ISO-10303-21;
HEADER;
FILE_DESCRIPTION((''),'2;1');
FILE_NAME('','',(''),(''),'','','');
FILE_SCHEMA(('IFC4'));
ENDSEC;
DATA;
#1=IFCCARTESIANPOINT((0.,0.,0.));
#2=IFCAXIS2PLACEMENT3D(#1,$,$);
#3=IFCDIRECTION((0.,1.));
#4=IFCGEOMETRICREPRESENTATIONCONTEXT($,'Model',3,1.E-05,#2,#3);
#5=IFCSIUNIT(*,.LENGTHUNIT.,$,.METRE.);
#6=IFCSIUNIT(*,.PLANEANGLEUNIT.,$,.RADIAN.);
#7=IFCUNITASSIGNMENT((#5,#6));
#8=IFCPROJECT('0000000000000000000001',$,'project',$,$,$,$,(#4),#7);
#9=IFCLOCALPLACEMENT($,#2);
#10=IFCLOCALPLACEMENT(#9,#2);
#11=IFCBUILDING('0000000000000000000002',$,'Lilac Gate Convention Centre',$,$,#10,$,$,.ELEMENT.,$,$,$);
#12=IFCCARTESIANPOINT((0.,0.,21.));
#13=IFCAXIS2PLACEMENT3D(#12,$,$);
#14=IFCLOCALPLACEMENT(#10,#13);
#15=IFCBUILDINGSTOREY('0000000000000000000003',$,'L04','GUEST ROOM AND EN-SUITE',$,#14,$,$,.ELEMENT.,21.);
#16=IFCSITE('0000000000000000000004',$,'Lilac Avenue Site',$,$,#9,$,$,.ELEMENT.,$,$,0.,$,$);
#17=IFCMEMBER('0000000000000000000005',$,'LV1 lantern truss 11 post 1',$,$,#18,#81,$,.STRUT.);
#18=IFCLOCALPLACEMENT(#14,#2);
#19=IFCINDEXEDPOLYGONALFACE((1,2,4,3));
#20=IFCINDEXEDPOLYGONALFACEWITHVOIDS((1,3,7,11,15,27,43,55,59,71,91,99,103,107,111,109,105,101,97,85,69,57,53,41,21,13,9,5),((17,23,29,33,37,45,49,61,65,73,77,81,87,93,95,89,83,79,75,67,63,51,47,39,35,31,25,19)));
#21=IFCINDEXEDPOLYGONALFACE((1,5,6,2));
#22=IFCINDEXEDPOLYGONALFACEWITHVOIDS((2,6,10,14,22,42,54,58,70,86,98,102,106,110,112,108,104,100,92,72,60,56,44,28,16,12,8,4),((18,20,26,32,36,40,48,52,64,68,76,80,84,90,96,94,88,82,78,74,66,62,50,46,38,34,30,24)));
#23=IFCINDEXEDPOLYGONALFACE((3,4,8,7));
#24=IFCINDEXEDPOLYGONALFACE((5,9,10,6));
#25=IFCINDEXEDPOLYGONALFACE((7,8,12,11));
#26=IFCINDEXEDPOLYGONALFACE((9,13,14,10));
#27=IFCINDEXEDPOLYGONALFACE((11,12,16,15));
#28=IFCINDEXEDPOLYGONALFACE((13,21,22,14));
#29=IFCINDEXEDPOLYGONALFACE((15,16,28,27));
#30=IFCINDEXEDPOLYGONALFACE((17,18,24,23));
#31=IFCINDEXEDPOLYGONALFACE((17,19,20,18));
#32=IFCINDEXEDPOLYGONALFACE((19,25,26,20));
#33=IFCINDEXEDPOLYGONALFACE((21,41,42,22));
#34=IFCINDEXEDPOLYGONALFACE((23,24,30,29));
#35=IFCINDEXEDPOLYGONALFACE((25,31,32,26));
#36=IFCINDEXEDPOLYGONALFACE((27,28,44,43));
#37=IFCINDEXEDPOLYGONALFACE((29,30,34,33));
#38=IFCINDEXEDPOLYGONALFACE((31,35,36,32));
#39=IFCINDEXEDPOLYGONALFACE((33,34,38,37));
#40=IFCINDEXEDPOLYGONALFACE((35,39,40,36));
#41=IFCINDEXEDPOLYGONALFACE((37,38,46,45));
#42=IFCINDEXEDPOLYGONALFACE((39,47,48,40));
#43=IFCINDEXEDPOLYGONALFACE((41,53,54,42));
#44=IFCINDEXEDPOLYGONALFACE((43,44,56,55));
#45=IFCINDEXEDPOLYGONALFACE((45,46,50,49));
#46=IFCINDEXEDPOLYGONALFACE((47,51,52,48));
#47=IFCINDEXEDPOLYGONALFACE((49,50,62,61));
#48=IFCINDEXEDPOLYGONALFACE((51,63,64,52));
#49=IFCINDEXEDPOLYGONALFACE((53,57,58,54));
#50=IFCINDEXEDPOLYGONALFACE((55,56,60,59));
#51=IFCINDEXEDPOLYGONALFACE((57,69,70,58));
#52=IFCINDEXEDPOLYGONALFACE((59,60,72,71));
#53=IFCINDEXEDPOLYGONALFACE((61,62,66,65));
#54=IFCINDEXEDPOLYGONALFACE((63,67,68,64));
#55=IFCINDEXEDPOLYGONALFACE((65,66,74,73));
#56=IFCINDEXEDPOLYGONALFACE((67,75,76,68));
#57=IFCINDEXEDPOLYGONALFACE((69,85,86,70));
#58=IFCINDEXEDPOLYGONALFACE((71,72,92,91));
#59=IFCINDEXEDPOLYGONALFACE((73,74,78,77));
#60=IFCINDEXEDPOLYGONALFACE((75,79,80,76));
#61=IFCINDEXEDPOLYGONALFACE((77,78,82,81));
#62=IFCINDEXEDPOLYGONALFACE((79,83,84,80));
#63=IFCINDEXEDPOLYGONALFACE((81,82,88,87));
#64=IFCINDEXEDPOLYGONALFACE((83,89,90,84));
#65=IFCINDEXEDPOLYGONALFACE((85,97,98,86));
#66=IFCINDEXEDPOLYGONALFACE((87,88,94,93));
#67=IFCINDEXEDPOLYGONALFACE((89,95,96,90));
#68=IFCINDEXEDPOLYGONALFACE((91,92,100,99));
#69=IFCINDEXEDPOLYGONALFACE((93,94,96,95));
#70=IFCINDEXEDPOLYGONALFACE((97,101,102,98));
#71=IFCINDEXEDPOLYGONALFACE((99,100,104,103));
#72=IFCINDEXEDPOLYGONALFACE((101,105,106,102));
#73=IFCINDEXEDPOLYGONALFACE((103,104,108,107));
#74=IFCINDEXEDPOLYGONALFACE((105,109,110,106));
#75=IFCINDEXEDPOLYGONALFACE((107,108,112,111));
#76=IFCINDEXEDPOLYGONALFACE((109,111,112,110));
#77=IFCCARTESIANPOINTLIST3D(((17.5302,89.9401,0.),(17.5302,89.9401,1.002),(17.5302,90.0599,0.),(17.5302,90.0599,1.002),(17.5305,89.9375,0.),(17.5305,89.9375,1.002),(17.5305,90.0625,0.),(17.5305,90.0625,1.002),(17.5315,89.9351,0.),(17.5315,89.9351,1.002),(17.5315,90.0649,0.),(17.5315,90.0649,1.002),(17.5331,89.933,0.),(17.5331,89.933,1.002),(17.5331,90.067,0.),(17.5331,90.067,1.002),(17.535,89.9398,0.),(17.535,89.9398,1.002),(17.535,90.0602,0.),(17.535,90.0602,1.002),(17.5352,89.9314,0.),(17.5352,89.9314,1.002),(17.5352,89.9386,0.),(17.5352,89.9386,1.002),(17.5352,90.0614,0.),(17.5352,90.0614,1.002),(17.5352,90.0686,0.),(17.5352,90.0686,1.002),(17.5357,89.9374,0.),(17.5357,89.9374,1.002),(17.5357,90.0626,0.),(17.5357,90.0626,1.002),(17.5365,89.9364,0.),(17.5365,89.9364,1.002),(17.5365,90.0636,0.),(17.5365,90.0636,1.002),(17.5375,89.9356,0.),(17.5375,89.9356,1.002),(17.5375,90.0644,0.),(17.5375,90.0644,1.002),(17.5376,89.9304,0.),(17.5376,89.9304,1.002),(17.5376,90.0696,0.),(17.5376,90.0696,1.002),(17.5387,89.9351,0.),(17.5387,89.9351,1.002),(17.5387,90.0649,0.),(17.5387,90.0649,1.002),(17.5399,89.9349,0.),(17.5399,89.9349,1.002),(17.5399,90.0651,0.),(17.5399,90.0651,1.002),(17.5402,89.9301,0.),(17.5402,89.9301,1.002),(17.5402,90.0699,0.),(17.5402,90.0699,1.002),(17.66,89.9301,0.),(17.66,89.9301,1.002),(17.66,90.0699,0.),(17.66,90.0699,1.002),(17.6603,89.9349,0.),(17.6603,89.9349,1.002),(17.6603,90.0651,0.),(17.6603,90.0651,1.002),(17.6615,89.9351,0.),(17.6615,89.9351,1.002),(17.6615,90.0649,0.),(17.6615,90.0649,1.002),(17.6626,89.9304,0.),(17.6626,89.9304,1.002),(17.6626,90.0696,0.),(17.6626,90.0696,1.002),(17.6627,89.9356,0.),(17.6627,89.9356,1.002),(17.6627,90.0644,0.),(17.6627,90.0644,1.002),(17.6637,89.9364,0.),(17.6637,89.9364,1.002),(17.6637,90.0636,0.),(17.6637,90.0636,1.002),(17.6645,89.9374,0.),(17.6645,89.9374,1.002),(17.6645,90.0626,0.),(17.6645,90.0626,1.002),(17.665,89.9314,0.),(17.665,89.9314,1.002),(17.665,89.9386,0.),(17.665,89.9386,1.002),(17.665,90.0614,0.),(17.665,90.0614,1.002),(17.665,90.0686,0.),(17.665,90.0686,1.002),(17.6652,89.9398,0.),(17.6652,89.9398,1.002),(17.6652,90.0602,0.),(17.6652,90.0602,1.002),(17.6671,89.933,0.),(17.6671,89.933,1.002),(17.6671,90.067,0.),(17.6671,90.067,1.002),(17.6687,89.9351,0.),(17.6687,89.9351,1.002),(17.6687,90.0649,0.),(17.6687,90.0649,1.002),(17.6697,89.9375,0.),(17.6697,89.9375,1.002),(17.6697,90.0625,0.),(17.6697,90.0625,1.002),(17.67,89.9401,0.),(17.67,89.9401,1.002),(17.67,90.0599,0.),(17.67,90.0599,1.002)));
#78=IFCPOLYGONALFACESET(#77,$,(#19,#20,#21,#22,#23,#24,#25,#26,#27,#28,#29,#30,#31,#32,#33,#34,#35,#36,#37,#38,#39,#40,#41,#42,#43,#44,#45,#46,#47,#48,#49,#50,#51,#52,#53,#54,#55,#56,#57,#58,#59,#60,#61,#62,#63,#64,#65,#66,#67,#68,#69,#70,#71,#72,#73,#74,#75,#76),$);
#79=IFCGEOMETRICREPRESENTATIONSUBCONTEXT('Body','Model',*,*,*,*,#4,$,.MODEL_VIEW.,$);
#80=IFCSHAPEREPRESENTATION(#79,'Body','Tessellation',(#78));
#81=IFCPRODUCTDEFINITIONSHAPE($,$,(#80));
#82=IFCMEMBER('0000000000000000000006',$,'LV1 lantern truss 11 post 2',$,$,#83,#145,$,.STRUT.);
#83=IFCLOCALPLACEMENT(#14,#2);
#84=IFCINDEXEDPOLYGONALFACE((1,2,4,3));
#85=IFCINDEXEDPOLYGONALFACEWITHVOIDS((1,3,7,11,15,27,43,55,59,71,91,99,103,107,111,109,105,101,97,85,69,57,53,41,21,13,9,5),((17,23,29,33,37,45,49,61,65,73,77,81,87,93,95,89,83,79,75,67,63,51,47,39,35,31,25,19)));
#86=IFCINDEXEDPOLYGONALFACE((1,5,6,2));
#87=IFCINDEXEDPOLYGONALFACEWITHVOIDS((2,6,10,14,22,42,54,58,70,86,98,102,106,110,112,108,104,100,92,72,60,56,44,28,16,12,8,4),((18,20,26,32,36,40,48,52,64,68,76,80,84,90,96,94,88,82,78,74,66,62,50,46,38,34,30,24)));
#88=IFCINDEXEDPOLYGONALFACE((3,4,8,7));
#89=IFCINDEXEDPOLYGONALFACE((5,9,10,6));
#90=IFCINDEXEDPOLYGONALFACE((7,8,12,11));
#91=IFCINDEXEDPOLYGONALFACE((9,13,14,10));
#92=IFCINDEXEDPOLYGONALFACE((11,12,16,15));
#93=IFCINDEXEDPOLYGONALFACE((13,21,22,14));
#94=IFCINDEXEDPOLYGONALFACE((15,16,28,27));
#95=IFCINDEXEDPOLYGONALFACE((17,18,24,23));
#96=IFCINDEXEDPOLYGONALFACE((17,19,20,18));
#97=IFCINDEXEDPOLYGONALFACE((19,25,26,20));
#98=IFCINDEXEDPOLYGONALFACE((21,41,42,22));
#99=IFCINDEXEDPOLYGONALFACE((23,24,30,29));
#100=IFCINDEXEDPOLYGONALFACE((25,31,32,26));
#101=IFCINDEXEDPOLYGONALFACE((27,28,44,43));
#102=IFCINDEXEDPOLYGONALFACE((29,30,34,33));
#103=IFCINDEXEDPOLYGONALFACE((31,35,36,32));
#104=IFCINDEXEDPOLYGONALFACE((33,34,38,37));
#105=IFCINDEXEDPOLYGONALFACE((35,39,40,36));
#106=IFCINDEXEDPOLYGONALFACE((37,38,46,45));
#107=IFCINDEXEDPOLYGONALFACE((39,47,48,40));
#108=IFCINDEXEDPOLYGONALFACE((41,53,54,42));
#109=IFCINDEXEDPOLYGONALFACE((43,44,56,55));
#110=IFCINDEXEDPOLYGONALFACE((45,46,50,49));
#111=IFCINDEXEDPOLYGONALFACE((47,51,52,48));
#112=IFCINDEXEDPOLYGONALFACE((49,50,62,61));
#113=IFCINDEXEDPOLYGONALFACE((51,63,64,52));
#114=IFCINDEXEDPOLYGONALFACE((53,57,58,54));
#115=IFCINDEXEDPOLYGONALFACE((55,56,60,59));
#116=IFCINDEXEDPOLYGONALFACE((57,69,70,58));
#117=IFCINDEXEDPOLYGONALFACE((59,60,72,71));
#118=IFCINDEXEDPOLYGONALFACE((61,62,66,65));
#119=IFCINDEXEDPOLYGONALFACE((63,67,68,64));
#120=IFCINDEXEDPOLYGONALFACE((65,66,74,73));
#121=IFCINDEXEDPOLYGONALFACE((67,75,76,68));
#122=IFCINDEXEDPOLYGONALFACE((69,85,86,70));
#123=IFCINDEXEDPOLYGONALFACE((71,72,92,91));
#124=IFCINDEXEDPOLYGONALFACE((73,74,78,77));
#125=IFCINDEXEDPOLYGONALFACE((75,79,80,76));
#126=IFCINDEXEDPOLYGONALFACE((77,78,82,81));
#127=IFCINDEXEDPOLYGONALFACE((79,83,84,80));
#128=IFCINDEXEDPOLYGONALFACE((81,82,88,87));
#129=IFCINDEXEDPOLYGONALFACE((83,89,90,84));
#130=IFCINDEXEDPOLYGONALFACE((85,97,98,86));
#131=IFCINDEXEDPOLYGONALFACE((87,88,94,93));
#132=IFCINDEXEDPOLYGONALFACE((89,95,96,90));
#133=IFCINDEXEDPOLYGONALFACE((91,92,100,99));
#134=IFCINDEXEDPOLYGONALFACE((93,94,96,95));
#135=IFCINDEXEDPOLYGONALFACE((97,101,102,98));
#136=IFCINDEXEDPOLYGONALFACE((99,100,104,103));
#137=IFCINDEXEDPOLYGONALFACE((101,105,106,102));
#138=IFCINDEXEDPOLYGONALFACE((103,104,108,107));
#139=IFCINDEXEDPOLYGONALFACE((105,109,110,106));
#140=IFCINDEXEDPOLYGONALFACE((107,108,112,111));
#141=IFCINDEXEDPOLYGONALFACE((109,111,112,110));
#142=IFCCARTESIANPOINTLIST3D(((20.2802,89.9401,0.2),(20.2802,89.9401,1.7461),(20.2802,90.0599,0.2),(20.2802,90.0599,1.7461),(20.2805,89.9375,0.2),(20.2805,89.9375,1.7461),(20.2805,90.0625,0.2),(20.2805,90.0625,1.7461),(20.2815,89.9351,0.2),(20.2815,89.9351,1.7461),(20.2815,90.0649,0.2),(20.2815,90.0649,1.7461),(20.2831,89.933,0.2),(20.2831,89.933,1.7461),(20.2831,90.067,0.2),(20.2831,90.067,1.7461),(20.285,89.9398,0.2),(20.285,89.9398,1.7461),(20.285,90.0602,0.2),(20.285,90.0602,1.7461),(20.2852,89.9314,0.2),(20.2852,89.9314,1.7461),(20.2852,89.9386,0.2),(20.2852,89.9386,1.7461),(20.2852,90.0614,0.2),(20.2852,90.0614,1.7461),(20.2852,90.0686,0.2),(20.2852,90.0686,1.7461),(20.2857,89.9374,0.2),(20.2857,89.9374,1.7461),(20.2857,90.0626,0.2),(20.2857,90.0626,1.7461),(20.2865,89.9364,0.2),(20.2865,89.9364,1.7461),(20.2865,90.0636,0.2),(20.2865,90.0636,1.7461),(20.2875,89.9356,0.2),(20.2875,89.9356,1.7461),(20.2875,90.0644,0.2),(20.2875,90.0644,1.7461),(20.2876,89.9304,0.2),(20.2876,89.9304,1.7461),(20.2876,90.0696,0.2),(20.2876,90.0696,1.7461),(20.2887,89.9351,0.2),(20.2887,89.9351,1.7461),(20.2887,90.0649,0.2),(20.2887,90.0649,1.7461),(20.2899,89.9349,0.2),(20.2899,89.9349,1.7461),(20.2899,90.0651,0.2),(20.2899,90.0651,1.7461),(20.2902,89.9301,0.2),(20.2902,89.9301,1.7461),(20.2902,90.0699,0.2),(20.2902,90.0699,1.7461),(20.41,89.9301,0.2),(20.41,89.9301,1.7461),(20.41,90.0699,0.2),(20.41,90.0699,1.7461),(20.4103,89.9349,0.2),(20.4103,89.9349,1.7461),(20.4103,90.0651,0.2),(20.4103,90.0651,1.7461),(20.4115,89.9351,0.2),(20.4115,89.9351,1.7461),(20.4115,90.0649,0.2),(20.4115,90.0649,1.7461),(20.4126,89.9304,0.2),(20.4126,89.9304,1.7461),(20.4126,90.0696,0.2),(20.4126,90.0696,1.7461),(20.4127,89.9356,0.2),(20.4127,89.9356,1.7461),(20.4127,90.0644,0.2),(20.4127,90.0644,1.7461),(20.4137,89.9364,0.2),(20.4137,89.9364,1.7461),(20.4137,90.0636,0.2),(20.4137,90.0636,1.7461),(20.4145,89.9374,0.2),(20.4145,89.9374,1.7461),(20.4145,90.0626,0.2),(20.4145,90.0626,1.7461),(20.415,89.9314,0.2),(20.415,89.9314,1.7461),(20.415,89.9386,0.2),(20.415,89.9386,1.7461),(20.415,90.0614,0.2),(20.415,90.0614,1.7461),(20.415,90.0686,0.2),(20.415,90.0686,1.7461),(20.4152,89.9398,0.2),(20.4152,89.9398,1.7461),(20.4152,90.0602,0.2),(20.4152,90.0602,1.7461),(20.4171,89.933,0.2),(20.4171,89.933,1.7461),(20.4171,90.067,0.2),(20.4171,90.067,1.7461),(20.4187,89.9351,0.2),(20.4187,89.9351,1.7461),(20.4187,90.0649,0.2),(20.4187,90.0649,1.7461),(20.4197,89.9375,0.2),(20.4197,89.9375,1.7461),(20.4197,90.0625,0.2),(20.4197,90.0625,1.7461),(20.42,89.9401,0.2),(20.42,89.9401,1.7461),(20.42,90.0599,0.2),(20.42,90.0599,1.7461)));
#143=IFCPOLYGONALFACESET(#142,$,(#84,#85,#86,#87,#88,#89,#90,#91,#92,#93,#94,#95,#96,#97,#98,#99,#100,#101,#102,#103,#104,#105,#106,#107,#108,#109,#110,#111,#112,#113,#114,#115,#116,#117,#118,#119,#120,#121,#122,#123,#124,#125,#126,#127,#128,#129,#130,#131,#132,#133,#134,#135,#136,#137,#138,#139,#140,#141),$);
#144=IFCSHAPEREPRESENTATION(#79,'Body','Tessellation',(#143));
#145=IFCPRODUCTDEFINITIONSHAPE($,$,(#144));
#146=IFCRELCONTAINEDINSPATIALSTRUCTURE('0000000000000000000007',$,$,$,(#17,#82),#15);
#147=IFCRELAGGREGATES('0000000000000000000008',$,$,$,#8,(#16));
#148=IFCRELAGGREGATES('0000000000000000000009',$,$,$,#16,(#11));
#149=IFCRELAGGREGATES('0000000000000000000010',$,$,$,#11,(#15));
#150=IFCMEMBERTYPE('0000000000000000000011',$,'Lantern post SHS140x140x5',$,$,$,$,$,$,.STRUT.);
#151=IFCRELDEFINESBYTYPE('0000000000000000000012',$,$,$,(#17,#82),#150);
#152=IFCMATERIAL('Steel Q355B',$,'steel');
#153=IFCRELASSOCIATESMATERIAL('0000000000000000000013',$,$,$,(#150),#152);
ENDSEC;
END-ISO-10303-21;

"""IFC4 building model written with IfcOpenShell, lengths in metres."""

from ifc_helpers import new_model, si_unit, direction, frame, origin, origin_2d, place, context, subcontext, project, spatial, hollow_rectangle, extrude, material, material_profile, profile_set, type_object, element, save


model = new_model("IFC4")

# Units and contexts
model_context = context("Model", 3, precision=1e-05, world=origin(), true_north=direction((0.0, 1.0)))
body_context = subcontext(model_context, "Body", "Model", "MODEL_VIEW")
ifc_project = project(units=[si_unit("LENGTHUNIT", "METRE"), si_unit("PLANEANGLEUNIT", "RADIAN")], contexts=[model_context])

# Site, building, storey
site_placement = place(None, origin())
site = spatial("IfcSite", under=ifc_project, at=site_placement, Name="Lilac Avenue Site", CompositionType="ELEMENT", RefElevation=0.0)
building_placement = place(site_placement, origin())
building = spatial("IfcBuilding", under=site, at=building_placement, Name="Lilac Gate Convention Centre", CompositionType="ELEMENT")
storey_placement = place(building_placement, frame((0.0, 0.0, 21.0)))
storey = spatial("IfcBuildingStorey", under=building, at=storey_placement, Name="L04", Description="GUEST ROOM AND EN-SUITE", CompositionType="ELEMENT", Elevation=21.0)

# Members
ifc_material_1 = material(Name="Steel Q355B", Category="steel")
ifc_material_profile_1 = material_profile(ifc_material_1, hollow_rectangle(XDim=0.1399, YDim=0.1399, WallThickness=0.0049, InnerFilletRadius=0.0049, OuterFilletRadius=0.01, at=origin_2d()), Name="SHS140x140x5")
ifc_profile_set_1 = profile_set([ifc_material_profile_1], Name="Steel Q355B")
member_type_1 = type_object("IfcMemberType", Name="Lantern post SHS140x140x5", PredefinedType="STRUT", material=ifc_profile_set_1)
member_1_placement = place(storey_placement, frame((17.6001, 90.0, 0.0), z_axis=(0.0, 0.0, 1.0), x_axis=(1.0, 0.0, 0.0)))
element("IfcMember", 1, at=member_1_placement, inside=storey, type_object=member_type_1, Name="LV1 lantern truss 11 post 1", PredefinedType="STRUT", context=body_context, shape_type="SweptSolid", body=[
    extrude(hollow_rectangle(XDim=0.1399, YDim=0.1399, WallThickness=0.0049, InnerFilletRadius=0.0049, OuterFilletRadius=0.01, at=origin_2d()), origin(), (0.0, 0.0, 1.0), 1.002),
])
member_2_placement = place(storey_placement, frame((20.3501, 90.0, 0.2), z_axis=(0.0, 0.0, 1.0), x_axis=(1.0, 0.0, 0.0)))
element("IfcMember", 2, at=member_2_placement, inside=storey, type_object=member_type_1, Name="LV1 lantern truss 11 post 2", PredefinedType="STRUT", context=body_context, shape_type="SweptSolid", body=[
    extrude(hollow_rectangle(XDim=0.1399, YDim=0.1399, WallThickness=0.0049, InnerFilletRadius=0.0049, OuterFilletRadius=0.01, at=origin_2d()), origin(), (0.0, 0.0, 1.0), 1.5461),
])

save(model, "model.ifc")
